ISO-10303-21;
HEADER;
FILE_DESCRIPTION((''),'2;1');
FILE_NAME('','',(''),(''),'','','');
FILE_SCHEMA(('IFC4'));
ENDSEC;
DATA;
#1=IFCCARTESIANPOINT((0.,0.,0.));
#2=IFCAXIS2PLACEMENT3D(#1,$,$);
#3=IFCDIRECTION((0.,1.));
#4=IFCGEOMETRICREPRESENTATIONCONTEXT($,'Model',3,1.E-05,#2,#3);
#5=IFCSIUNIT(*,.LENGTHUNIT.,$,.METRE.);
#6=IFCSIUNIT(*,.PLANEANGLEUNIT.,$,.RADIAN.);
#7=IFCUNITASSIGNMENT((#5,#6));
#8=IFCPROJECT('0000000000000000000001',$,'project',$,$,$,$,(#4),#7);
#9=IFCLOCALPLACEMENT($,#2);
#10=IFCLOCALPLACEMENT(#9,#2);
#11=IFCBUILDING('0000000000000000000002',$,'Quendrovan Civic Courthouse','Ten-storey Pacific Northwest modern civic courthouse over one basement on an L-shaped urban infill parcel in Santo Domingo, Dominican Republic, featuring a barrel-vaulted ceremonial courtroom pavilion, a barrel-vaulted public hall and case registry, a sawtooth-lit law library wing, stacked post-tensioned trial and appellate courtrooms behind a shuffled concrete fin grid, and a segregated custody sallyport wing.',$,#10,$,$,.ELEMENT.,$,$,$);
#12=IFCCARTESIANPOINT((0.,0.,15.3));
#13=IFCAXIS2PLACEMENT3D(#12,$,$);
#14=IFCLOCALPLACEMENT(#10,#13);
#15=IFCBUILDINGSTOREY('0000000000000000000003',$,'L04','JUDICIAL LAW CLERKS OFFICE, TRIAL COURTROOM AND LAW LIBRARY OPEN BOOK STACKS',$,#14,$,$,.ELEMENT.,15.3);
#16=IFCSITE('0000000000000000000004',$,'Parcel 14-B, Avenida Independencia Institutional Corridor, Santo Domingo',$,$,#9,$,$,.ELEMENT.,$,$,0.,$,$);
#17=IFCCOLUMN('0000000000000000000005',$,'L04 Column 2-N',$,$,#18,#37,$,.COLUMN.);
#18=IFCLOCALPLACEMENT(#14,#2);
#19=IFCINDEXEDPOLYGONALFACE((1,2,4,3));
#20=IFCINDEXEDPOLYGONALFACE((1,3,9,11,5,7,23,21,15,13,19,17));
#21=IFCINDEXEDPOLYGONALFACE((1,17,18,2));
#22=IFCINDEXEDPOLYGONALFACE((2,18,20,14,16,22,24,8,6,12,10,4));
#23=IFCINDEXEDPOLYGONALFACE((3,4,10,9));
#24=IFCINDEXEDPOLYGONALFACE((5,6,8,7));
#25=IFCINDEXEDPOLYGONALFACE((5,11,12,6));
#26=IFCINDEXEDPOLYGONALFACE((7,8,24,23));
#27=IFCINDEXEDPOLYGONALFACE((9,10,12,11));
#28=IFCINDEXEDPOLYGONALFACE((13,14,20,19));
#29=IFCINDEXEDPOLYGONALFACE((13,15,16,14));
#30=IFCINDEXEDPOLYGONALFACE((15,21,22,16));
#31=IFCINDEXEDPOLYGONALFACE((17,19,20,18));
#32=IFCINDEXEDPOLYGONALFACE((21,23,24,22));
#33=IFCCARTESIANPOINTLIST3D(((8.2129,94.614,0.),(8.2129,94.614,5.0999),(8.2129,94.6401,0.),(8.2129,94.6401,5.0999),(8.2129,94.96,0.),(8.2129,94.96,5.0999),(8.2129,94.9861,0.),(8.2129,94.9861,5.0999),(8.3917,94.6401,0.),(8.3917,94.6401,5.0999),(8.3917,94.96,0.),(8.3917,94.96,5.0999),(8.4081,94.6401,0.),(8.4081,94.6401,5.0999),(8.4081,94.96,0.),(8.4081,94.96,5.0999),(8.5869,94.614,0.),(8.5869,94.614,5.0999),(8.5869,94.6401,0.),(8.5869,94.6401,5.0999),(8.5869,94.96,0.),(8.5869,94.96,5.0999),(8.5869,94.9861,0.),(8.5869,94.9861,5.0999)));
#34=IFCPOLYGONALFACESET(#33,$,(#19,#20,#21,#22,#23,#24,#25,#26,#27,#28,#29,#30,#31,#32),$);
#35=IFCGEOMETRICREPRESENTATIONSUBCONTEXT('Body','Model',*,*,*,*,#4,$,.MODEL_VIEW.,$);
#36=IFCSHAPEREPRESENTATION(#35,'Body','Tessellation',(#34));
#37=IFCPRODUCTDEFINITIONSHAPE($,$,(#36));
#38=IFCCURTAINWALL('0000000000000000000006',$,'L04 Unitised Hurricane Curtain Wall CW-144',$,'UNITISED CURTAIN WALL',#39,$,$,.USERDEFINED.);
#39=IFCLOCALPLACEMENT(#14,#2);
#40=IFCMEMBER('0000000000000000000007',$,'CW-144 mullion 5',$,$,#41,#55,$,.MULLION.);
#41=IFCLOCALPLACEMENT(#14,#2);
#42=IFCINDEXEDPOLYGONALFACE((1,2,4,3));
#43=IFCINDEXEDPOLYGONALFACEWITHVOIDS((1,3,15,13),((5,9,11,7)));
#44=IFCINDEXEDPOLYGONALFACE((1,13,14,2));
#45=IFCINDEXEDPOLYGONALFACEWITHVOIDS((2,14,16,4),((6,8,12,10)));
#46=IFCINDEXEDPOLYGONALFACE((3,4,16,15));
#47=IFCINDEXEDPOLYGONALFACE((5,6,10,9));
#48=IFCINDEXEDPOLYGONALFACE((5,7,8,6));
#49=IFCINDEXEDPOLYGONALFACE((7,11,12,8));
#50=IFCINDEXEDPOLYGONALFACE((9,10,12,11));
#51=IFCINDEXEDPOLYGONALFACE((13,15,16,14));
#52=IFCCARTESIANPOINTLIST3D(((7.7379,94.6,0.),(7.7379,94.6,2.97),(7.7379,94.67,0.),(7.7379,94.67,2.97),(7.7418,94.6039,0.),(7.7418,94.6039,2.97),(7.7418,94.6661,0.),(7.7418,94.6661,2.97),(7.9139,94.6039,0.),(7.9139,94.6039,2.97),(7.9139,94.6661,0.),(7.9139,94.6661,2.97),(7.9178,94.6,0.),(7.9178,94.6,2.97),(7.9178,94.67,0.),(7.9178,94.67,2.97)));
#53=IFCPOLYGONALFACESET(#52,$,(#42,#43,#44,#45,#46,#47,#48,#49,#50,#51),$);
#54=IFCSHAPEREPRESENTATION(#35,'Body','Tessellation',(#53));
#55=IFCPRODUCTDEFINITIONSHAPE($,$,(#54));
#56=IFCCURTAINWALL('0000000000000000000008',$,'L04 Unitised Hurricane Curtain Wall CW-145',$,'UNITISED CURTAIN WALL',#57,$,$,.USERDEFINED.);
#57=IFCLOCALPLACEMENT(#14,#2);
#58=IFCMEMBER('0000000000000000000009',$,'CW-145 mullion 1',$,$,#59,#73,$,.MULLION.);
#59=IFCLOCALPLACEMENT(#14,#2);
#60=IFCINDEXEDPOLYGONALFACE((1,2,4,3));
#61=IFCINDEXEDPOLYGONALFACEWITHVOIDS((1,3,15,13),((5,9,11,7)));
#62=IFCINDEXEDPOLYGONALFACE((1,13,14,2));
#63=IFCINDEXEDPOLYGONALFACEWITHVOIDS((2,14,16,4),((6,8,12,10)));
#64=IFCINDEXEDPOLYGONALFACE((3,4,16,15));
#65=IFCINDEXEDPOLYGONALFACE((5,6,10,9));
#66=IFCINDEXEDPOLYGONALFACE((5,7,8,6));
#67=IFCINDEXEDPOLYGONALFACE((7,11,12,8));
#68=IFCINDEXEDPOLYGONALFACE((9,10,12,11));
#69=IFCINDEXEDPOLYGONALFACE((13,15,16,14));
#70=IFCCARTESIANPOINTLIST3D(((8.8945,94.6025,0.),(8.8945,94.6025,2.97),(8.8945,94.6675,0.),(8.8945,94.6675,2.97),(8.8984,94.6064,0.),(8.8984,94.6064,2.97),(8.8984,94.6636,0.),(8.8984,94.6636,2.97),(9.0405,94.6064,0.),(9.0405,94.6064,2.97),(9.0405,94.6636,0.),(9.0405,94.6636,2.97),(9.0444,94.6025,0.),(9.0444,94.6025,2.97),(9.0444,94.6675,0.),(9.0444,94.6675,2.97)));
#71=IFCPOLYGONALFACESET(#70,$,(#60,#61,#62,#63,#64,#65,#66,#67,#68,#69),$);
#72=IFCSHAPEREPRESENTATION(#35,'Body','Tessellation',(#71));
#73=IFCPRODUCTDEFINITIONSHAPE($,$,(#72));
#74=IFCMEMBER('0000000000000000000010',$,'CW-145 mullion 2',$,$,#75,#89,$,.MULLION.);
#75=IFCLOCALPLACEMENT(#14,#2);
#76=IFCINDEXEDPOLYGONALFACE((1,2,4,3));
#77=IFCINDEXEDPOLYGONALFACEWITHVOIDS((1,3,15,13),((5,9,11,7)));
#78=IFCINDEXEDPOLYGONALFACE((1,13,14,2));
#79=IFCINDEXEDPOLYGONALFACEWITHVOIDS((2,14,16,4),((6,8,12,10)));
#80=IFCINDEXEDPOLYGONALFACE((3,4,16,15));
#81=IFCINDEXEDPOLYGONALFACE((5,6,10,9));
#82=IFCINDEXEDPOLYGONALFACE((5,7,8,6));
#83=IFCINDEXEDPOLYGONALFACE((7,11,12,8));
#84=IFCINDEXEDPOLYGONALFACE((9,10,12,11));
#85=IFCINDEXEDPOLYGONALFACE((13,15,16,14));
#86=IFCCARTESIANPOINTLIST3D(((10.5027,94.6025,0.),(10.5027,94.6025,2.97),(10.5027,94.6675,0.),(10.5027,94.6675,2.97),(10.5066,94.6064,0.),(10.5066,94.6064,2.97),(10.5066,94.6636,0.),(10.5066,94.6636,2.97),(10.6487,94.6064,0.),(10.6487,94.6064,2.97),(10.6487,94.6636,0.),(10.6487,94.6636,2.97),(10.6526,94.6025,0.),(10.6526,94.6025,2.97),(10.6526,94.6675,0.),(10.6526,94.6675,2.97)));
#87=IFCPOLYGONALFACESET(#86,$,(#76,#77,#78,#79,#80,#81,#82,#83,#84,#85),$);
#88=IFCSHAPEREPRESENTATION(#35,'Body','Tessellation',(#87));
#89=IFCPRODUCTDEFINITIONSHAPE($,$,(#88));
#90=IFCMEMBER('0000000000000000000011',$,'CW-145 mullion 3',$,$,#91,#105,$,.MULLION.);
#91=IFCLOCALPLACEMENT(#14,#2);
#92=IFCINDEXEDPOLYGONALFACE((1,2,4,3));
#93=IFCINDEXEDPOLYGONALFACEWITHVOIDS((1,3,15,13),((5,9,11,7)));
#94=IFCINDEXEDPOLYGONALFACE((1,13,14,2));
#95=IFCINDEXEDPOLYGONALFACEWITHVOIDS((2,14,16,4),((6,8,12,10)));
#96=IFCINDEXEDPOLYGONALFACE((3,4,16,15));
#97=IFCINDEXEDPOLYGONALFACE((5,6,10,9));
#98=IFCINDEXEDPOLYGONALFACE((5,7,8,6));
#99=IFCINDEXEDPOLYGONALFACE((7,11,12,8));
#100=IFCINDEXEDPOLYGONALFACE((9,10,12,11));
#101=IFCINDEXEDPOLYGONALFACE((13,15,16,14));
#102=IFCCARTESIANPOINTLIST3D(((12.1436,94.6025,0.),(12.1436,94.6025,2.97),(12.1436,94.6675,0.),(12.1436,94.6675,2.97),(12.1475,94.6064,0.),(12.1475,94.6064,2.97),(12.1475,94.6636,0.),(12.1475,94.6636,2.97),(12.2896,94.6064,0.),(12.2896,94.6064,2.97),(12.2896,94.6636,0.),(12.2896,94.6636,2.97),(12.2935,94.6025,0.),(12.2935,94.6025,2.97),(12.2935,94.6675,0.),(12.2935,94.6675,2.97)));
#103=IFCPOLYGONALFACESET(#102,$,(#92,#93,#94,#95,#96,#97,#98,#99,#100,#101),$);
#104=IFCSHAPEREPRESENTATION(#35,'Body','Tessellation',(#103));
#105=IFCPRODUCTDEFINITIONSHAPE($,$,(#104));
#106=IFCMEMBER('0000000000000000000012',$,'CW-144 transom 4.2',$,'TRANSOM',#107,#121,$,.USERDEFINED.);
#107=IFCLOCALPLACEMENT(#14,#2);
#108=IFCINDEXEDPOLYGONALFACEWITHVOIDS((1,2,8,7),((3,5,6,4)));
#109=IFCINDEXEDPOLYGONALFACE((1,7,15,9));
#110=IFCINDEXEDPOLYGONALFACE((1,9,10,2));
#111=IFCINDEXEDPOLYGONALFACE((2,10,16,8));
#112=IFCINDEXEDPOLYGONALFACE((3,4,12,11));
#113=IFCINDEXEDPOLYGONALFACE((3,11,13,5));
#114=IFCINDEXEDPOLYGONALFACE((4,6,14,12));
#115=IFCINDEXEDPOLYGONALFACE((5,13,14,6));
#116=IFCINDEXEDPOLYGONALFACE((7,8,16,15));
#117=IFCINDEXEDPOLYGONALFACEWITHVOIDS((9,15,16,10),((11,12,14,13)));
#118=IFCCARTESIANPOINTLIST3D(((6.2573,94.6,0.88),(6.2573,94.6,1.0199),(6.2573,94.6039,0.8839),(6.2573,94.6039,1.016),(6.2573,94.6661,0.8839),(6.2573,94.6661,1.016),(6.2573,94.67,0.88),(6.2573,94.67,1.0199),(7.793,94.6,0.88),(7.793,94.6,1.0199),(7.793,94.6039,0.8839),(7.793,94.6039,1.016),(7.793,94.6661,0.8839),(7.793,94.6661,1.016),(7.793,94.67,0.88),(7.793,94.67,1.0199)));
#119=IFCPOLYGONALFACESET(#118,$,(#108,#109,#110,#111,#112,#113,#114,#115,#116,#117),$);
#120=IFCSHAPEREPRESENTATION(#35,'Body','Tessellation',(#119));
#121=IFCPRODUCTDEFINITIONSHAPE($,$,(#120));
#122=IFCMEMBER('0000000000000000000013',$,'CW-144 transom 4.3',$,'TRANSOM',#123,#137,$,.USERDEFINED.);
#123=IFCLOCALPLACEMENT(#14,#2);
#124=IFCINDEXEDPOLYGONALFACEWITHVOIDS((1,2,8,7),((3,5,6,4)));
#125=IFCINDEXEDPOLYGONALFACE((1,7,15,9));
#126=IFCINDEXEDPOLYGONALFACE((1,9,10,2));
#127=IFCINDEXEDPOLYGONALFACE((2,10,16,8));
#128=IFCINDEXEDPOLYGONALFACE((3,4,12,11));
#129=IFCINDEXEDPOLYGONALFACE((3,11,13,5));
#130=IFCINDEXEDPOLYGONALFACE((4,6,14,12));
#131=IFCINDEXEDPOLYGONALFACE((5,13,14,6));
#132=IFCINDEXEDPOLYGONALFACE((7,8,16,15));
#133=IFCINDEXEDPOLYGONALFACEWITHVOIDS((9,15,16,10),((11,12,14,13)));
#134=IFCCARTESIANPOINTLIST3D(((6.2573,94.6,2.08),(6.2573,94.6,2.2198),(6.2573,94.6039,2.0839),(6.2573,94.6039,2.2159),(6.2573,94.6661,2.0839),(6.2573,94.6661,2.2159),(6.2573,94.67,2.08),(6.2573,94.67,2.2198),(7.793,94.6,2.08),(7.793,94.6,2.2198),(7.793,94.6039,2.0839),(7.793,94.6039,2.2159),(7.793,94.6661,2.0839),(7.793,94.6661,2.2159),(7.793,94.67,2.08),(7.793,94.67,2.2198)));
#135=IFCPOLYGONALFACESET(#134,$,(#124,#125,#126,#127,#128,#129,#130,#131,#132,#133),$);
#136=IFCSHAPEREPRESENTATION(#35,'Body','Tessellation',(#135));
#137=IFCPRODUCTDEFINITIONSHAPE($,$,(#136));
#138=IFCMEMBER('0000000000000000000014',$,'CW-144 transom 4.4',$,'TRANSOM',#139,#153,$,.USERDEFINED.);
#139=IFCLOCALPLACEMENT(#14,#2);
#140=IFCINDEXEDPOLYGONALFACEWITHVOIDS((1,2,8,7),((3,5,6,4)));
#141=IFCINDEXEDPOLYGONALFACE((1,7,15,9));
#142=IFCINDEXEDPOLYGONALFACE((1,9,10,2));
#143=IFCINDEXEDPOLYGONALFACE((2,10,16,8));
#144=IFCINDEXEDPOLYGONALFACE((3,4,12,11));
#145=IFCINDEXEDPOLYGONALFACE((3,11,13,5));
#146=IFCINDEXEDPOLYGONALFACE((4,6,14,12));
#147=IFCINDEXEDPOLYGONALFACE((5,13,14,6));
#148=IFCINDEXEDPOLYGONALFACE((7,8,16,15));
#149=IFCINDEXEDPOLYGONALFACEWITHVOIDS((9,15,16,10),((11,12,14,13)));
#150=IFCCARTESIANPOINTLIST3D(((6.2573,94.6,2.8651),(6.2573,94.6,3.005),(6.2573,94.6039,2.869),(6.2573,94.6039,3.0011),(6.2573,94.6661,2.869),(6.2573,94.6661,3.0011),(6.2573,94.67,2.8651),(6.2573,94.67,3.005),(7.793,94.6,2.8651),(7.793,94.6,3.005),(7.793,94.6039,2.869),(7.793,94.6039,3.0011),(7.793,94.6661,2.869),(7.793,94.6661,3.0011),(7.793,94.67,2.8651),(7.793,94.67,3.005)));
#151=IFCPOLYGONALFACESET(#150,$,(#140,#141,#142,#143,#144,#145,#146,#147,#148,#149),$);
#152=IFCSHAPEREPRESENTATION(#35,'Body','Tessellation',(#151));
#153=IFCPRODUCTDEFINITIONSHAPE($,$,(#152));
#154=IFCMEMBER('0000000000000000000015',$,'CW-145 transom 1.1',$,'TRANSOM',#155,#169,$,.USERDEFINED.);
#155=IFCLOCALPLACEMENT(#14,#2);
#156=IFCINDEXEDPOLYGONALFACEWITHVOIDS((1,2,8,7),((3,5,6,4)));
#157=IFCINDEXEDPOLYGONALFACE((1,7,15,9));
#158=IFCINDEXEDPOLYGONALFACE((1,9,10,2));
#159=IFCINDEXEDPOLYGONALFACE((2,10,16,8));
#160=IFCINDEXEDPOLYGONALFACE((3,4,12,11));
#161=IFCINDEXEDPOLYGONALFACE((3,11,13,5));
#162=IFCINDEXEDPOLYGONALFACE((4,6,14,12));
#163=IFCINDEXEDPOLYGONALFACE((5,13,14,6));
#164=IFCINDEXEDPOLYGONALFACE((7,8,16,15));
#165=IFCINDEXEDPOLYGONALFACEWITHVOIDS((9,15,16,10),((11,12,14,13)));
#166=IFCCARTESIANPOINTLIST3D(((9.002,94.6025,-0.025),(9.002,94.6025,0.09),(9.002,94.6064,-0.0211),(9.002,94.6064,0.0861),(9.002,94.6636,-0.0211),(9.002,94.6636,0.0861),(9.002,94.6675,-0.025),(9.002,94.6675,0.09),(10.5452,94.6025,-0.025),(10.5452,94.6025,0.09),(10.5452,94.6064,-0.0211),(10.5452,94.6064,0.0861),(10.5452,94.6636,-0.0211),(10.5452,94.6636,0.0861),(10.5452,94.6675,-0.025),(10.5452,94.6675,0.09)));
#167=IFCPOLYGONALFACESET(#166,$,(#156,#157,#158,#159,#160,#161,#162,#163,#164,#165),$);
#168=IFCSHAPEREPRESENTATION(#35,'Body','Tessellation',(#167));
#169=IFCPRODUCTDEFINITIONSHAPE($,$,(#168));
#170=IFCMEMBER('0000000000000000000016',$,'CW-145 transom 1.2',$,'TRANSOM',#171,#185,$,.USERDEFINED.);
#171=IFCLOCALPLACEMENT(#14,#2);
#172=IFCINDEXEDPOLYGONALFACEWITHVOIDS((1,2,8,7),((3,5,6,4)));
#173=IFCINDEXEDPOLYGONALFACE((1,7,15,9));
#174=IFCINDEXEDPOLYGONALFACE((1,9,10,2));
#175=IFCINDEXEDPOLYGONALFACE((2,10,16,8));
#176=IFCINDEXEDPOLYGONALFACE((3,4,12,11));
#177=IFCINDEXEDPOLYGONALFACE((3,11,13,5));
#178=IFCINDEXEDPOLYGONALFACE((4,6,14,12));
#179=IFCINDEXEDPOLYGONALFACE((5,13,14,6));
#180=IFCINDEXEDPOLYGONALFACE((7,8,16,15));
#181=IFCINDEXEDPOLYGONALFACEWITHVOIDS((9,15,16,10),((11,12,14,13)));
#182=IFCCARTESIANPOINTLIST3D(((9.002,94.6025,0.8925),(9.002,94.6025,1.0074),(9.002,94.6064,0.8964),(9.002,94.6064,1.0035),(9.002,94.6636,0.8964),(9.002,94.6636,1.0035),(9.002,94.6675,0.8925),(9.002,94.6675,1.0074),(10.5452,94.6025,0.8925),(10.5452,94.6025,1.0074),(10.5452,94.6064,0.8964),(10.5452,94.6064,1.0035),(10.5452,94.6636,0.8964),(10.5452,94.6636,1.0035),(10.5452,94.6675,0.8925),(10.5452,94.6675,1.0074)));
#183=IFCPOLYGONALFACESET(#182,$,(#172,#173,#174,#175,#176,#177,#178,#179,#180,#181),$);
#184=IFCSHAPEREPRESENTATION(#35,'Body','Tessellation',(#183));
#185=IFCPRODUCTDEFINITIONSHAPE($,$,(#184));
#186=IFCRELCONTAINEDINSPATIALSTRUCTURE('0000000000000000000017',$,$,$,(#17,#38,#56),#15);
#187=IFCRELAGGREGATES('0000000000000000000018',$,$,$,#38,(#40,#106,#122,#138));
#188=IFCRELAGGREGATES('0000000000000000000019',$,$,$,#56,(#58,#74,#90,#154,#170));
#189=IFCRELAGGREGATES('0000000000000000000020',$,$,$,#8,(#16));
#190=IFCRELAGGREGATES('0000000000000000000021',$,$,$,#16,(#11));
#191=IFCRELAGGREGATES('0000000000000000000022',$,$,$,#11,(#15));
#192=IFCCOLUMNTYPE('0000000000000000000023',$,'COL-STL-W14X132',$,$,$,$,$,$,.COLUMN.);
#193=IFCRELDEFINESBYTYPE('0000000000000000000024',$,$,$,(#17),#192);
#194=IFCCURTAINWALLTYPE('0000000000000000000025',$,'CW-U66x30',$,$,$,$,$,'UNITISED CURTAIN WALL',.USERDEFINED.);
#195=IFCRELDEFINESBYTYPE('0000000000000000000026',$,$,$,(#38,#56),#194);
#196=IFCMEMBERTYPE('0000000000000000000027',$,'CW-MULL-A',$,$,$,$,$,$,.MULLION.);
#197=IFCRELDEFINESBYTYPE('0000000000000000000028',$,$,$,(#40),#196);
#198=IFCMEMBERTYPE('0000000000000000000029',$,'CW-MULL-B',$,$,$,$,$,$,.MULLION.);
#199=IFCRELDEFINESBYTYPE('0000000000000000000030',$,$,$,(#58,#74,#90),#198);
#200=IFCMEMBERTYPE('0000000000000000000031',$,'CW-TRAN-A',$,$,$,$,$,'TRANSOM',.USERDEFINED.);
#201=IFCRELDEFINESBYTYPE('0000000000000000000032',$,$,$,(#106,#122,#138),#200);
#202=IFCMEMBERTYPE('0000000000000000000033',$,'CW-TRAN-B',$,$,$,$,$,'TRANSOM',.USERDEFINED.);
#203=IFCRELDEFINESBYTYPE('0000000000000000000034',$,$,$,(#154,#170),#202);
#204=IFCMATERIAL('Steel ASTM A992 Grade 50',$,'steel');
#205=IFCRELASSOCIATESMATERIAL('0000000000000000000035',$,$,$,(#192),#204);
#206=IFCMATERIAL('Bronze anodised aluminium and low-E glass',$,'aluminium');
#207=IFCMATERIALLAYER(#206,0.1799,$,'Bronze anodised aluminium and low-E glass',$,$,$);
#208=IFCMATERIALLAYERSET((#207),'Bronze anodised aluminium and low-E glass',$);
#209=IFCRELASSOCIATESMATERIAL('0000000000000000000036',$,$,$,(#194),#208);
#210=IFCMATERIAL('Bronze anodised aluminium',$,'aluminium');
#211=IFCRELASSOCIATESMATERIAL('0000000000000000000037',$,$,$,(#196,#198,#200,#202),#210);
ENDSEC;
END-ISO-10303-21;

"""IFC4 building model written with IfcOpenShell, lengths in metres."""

from ifc_helpers import new_model, si_unit, direction, frame, origin, origin_2d, place, context, subcontext, project, spatial, hollow_rectangle, i_section, extrude, material, layer, layer_set, material_profile, profile_set, type_object, element, aggregate, save


model = new_model("IFC4")

# Units and contexts
model_context = context("Model", 3, precision=1e-05, world=origin(), true_north=direction((0.0, 1.0)))
body_context = subcontext(model_context, "Body", "Model", "MODEL_VIEW")
ifc_project = project(units=[si_unit("LENGTHUNIT", "METRE"), si_unit("PLANEANGLEUNIT", "RADIAN")], contexts=[model_context])

# Site, building, storey
site_placement = place(None, origin())
site = spatial("IfcSite", under=ifc_project, at=site_placement, Name="Parcel 14-B, Avenida Independencia Institutional Corridor, Santo Domingo", CompositionType="ELEMENT", RefElevation=0.0)
building_placement = place(site_placement, origin())
building = spatial("IfcBuilding", under=site, at=building_placement, Name="Quendrovan Civic Courthouse", Description="Ten-storey Pacific Northwest modern civic courthouse over one basement on an L-shaped urban infill parcel in Santo Domingo, Dominican Republic, featuring a barrel-vaulted ceremonial courtroom pavilion, a barrel-vaulted public hall and case registry, a sawtooth-lit law library wing, stacked post-tensioned trial and appellate courtrooms behind a shuffled concrete fin grid, and a segregated custody sallyport wing.", CompositionType="ELEMENT")
storey_placement = place(building_placement, frame((0.0, 0.0, 15.3)))
storey = spatial("IfcBuildingStorey", under=building, at=storey_placement, Name="L04", Description="JUDICIAL LAW CLERKS OFFICE, TRIAL COURTROOM AND LAW LIBRARY OPEN BOOK STACKS", CompositionType="ELEMENT", Elevation=15.3)

# Column
ifc_material_1 = material(Name="Steel ASTM A992 Grade 50", Category="steel")
ifc_material_profile_1 = material_profile(ifc_material_1, i_section(OverallWidth=0.374, OverallDepth=0.3721, WebThickness=0.0164, FlangeThickness=0.0261, at=origin_2d()), Name="W14X132")
ifc_profile_set_1 = profile_set([ifc_material_profile_1], Name="Steel ASTM A992 Grade 50")
column_type = type_object("IfcColumnType", Name="COL-STL-W14X132", PredefinedType="COLUMN", material=ifc_profile_set_1)
column_placement = place(storey_placement, frame((8.3999, 94.8, 0.0), z_axis=(0.0, 0.0, 1.0), x_axis=(1.0, 0.0, 0.0)))
element("IfcColumn", 1, at=column_placement, inside=storey, type_object=column_type, Name="L04 Column 2-N", PredefinedType="COLUMN", context=body_context, shape_type="SweptSolid", body=[
    extrude(i_section(OverallWidth=0.374, OverallDepth=0.3721, WebThickness=0.0164, FlangeThickness=0.0261, at=origin_2d()), origin(), (0.0, 0.0, 1.0), 5.0999),
])

# Curtain wall, member
ifc_material_2 = material(Name="Bronze anodised aluminium and low-E glass", Category="aluminium")
ifc_layer_1 = layer(ifc_material_2, 0.1799, Name="Bronze anodised aluminium and low-E glass")
ifc_layer_set_1 = layer_set([ifc_layer_1], Name="Bronze anodised aluminium and low-E glass")
curtain_wall_type = type_object("IfcCurtainWallType", Name="CW-U66x30", ElementType="UNITISED CURTAIN WALL", PredefinedType="USERDEFINED", material=ifc_layer_set_1)
curtain_wall_1_placement = place(storey_placement, origin())
curtain_wall_1 = element("IfcCurtainWall", 2, at=curtain_wall_1_placement, inside=storey, type_object=curtain_wall_type, Name="L04 Unitised Hurricane Curtain Wall CW-144", ObjectType="UNITISED CURTAIN WALL", PredefinedType="USERDEFINED")
ifc_material_3 = material(Name="Bronze anodised aluminium", Category="aluminium")
ifc_material_profile_2 = material_profile(ifc_material_3, hollow_rectangle(XDim=0.0701, YDim=0.1799, WallThickness=0.0039, at=origin_2d()), Name="CW-MULL-70x180")
ifc_profile_set_2 = profile_set([ifc_material_profile_2], Name="Bronze anodised aluminium")
member_type_1 = type_object("IfcMemberType", Name="CW-MULL-A", PredefinedType="MULLION", material=ifc_profile_set_2)
member_1_placement = place(storey_placement, frame((7.8279, 94.635, 0.0), z_axis=(0.0, 0.0, 1.0), x_axis=(0.0, 1.0, 0.0)))
member_1 = element("IfcMember", 3, at=member_1_placement, type_object=member_type_1, Name="CW-144 mullion 5", PredefinedType="MULLION", context=body_context, shape_type="SweptSolid", body=[
    extrude(hollow_rectangle(XDim=0.0701, YDim=0.1799, WallThickness=0.0039, at=origin_2d()), origin(), (0.0, 0.0, 1.0), 2.97),
])

# Curtain wall, members
curtain_wall_2_placement = place(storey_placement, origin())
curtain_wall_2 = element("IfcCurtainWall", 4, at=curtain_wall_2_placement, inside=storey, type_object=curtain_wall_type, Name="L04 Unitised Hurricane Curtain Wall CW-145", ObjectType="UNITISED CURTAIN WALL", PredefinedType="USERDEFINED")
ifc_material_profile_3 = material_profile(ifc_material_3, hollow_rectangle(XDim=0.0649, YDim=0.1499, WallThickness=0.0039, at=origin_2d()), Name="CW-MULL-65x150")
ifc_profile_set_3 = profile_set([ifc_material_profile_3], Name="Bronze anodised aluminium")
member_type_2 = type_object("IfcMemberType", Name="CW-MULL-B", PredefinedType="MULLION", material=ifc_profile_set_3)
member_2_placement = place(storey_placement, frame((8.9695, 94.635, 0.0), z_axis=(0.0, 0.0, 1.0), x_axis=(0.0, 1.0, 0.0)))
member_2 = element("IfcMember", 5, at=member_2_placement, type_object=member_type_2, Name="CW-145 mullion 1", PredefinedType="MULLION", context=body_context, shape_type="SweptSolid", body=[
    extrude(hollow_rectangle(XDim=0.0649, YDim=0.1499, WallThickness=0.0039, at=origin_2d()), origin(), (0.0, 0.0, 1.0), 2.97),
])
member_3_placement = place(storey_placement, frame((10.5776, 94.635, 0.0), z_axis=(0.0, 0.0, 1.0), x_axis=(0.0, 1.0, 0.0)))
member_3 = element("IfcMember", 6, at=member_3_placement, type_object=member_type_2, Name="CW-145 mullion 2", PredefinedType="MULLION", context=body_context, shape_type="SweptSolid", body=[
    extrude(hollow_rectangle(XDim=0.0649, YDim=0.1499, WallThickness=0.0039, at=origin_2d()), origin(), (0.0, 0.0, 1.0), 2.97),
])
member_4_placement = place(storey_placement, frame((12.2185, 94.635, 0.0), z_axis=(0.0, 0.0, 1.0), x_axis=(0.0, 1.0, 0.0)))
member_4 = element("IfcMember", 7, at=member_4_placement, type_object=member_type_2, Name="CW-145 mullion 3", PredefinedType="MULLION", context=body_context, shape_type="SweptSolid", body=[
    extrude(hollow_rectangle(XDim=0.0649, YDim=0.1499, WallThickness=0.0039, at=origin_2d()), origin(), (0.0, 0.0, 1.0), 2.97),
])

# Members
ifc_material_profile_4 = material_profile(ifc_material_3, hollow_rectangle(XDim=0.0701, YDim=0.1399, WallThickness=0.0039, at=origin_2d()), Name="CW-TRAN-70x140")
ifc_profile_set_4 = profile_set([ifc_material_profile_4], Name="Bronze anodised aluminium")
member_type_3 = type_object("IfcMemberType", Name="CW-TRAN-A", ElementType="TRANSOM", PredefinedType="USERDEFINED", material=ifc_profile_set_4)
member_5_placement = place(storey_placement, frame((6.2573, 94.635, 0.95), z_axis=(1.0, 0.0, 0.0), x_axis=(0.0, 1.0, 0.0)))
member_5 = element("IfcMember", 8, at=member_5_placement, type_object=member_type_3, Name="CW-144 transom 4.2", ObjectType="TRANSOM", PredefinedType="USERDEFINED", context=body_context, shape_type="SweptSolid", body=[
    extrude(hollow_rectangle(XDim=0.0701, YDim=0.1399, WallThickness=0.0039, at=origin_2d()), origin(), (0.0, 0.0, 1.0), 1.5356),
])
member_6_placement = place(storey_placement, frame((6.2573, 94.635, 2.1499), z_axis=(1.0, 0.0, 0.0), x_axis=(0.0, 1.0, 0.0)))
member_6 = element("IfcMember", 9, at=member_6_placement, type_object=member_type_3, Name="CW-144 transom 4.3", ObjectType="TRANSOM", PredefinedType="USERDEFINED", context=body_context, shape_type="SweptSolid", body=[
    extrude(hollow_rectangle(XDim=0.0701, YDim=0.1399, WallThickness=0.0039, at=origin_2d()), origin(), (0.0, 0.0, 1.0), 1.5356),
])
member_7_placement = place(storey_placement, frame((6.2573, 94.635, 2.9351), z_axis=(1.0, 0.0, 0.0), x_axis=(0.0, 1.0, 0.0)))
member_7 = element("IfcMember", 10, at=member_7_placement, type_object=member_type_3, Name="CW-144 transom 4.4", ObjectType="TRANSOM", PredefinedType="USERDEFINED", context=body_context, shape_type="SweptSolid", body=[
    extrude(hollow_rectangle(XDim=0.0701, YDim=0.1399, WallThickness=0.0039, at=origin_2d()), origin(), (0.0, 0.0, 1.0), 1.5356),
])
ifc_material_profile_5 = material_profile(ifc_material_3, hollow_rectangle(XDim=0.0649, YDim=0.115, WallThickness=0.0039, at=origin_2d()), Name="CW-TRAN-65x115")
ifc_profile_set_5 = profile_set([ifc_material_profile_5], Name="Bronze anodised aluminium")
member_type_4 = type_object("IfcMemberType", Name="CW-TRAN-B", ElementType="TRANSOM", PredefinedType="USERDEFINED", material=ifc_profile_set_5)
member_8_placement = place(storey_placement, frame((9.002, 94.635, 0.0325), z_axis=(1.0, 0.0, 0.0), x_axis=(0.0, 1.0, 0.0)))
member_8 = element("IfcMember", 11, at=member_8_placement, type_object=member_type_4, Name="CW-145 transom 1.1", ObjectType="TRANSOM", PredefinedType="USERDEFINED", context=body_context, shape_type="SweptSolid", body=[
    extrude(hollow_rectangle(XDim=0.0649, YDim=0.115, WallThickness=0.0039, at=origin_2d()), origin(), (0.0, 0.0, 1.0), 1.5432),
])
member_9_placement = place(storey_placement, frame((9.002, 94.635, 0.95), z_axis=(1.0, 0.0, 0.0), x_axis=(0.0, 1.0, 0.0)))
member_9 = element("IfcMember", 12, at=member_9_placement, type_object=member_type_4, Name="CW-145 transom 1.2", ObjectType="TRANSOM", PredefinedType="USERDEFINED", context=body_context, shape_type="SweptSolid", body=[
    extrude(hollow_rectangle(XDim=0.0649, YDim=0.115, WallThickness=0.0039, at=origin_2d()), origin(), (0.0, 0.0, 1.0), 1.5432),
])

aggregate(curtain_wall_1, [member_1, member_5, member_6, member_7])
aggregate(curtain_wall_2, [member_2, member_3, member_4, member_8, member_9])

save(model, "model.ifc")
